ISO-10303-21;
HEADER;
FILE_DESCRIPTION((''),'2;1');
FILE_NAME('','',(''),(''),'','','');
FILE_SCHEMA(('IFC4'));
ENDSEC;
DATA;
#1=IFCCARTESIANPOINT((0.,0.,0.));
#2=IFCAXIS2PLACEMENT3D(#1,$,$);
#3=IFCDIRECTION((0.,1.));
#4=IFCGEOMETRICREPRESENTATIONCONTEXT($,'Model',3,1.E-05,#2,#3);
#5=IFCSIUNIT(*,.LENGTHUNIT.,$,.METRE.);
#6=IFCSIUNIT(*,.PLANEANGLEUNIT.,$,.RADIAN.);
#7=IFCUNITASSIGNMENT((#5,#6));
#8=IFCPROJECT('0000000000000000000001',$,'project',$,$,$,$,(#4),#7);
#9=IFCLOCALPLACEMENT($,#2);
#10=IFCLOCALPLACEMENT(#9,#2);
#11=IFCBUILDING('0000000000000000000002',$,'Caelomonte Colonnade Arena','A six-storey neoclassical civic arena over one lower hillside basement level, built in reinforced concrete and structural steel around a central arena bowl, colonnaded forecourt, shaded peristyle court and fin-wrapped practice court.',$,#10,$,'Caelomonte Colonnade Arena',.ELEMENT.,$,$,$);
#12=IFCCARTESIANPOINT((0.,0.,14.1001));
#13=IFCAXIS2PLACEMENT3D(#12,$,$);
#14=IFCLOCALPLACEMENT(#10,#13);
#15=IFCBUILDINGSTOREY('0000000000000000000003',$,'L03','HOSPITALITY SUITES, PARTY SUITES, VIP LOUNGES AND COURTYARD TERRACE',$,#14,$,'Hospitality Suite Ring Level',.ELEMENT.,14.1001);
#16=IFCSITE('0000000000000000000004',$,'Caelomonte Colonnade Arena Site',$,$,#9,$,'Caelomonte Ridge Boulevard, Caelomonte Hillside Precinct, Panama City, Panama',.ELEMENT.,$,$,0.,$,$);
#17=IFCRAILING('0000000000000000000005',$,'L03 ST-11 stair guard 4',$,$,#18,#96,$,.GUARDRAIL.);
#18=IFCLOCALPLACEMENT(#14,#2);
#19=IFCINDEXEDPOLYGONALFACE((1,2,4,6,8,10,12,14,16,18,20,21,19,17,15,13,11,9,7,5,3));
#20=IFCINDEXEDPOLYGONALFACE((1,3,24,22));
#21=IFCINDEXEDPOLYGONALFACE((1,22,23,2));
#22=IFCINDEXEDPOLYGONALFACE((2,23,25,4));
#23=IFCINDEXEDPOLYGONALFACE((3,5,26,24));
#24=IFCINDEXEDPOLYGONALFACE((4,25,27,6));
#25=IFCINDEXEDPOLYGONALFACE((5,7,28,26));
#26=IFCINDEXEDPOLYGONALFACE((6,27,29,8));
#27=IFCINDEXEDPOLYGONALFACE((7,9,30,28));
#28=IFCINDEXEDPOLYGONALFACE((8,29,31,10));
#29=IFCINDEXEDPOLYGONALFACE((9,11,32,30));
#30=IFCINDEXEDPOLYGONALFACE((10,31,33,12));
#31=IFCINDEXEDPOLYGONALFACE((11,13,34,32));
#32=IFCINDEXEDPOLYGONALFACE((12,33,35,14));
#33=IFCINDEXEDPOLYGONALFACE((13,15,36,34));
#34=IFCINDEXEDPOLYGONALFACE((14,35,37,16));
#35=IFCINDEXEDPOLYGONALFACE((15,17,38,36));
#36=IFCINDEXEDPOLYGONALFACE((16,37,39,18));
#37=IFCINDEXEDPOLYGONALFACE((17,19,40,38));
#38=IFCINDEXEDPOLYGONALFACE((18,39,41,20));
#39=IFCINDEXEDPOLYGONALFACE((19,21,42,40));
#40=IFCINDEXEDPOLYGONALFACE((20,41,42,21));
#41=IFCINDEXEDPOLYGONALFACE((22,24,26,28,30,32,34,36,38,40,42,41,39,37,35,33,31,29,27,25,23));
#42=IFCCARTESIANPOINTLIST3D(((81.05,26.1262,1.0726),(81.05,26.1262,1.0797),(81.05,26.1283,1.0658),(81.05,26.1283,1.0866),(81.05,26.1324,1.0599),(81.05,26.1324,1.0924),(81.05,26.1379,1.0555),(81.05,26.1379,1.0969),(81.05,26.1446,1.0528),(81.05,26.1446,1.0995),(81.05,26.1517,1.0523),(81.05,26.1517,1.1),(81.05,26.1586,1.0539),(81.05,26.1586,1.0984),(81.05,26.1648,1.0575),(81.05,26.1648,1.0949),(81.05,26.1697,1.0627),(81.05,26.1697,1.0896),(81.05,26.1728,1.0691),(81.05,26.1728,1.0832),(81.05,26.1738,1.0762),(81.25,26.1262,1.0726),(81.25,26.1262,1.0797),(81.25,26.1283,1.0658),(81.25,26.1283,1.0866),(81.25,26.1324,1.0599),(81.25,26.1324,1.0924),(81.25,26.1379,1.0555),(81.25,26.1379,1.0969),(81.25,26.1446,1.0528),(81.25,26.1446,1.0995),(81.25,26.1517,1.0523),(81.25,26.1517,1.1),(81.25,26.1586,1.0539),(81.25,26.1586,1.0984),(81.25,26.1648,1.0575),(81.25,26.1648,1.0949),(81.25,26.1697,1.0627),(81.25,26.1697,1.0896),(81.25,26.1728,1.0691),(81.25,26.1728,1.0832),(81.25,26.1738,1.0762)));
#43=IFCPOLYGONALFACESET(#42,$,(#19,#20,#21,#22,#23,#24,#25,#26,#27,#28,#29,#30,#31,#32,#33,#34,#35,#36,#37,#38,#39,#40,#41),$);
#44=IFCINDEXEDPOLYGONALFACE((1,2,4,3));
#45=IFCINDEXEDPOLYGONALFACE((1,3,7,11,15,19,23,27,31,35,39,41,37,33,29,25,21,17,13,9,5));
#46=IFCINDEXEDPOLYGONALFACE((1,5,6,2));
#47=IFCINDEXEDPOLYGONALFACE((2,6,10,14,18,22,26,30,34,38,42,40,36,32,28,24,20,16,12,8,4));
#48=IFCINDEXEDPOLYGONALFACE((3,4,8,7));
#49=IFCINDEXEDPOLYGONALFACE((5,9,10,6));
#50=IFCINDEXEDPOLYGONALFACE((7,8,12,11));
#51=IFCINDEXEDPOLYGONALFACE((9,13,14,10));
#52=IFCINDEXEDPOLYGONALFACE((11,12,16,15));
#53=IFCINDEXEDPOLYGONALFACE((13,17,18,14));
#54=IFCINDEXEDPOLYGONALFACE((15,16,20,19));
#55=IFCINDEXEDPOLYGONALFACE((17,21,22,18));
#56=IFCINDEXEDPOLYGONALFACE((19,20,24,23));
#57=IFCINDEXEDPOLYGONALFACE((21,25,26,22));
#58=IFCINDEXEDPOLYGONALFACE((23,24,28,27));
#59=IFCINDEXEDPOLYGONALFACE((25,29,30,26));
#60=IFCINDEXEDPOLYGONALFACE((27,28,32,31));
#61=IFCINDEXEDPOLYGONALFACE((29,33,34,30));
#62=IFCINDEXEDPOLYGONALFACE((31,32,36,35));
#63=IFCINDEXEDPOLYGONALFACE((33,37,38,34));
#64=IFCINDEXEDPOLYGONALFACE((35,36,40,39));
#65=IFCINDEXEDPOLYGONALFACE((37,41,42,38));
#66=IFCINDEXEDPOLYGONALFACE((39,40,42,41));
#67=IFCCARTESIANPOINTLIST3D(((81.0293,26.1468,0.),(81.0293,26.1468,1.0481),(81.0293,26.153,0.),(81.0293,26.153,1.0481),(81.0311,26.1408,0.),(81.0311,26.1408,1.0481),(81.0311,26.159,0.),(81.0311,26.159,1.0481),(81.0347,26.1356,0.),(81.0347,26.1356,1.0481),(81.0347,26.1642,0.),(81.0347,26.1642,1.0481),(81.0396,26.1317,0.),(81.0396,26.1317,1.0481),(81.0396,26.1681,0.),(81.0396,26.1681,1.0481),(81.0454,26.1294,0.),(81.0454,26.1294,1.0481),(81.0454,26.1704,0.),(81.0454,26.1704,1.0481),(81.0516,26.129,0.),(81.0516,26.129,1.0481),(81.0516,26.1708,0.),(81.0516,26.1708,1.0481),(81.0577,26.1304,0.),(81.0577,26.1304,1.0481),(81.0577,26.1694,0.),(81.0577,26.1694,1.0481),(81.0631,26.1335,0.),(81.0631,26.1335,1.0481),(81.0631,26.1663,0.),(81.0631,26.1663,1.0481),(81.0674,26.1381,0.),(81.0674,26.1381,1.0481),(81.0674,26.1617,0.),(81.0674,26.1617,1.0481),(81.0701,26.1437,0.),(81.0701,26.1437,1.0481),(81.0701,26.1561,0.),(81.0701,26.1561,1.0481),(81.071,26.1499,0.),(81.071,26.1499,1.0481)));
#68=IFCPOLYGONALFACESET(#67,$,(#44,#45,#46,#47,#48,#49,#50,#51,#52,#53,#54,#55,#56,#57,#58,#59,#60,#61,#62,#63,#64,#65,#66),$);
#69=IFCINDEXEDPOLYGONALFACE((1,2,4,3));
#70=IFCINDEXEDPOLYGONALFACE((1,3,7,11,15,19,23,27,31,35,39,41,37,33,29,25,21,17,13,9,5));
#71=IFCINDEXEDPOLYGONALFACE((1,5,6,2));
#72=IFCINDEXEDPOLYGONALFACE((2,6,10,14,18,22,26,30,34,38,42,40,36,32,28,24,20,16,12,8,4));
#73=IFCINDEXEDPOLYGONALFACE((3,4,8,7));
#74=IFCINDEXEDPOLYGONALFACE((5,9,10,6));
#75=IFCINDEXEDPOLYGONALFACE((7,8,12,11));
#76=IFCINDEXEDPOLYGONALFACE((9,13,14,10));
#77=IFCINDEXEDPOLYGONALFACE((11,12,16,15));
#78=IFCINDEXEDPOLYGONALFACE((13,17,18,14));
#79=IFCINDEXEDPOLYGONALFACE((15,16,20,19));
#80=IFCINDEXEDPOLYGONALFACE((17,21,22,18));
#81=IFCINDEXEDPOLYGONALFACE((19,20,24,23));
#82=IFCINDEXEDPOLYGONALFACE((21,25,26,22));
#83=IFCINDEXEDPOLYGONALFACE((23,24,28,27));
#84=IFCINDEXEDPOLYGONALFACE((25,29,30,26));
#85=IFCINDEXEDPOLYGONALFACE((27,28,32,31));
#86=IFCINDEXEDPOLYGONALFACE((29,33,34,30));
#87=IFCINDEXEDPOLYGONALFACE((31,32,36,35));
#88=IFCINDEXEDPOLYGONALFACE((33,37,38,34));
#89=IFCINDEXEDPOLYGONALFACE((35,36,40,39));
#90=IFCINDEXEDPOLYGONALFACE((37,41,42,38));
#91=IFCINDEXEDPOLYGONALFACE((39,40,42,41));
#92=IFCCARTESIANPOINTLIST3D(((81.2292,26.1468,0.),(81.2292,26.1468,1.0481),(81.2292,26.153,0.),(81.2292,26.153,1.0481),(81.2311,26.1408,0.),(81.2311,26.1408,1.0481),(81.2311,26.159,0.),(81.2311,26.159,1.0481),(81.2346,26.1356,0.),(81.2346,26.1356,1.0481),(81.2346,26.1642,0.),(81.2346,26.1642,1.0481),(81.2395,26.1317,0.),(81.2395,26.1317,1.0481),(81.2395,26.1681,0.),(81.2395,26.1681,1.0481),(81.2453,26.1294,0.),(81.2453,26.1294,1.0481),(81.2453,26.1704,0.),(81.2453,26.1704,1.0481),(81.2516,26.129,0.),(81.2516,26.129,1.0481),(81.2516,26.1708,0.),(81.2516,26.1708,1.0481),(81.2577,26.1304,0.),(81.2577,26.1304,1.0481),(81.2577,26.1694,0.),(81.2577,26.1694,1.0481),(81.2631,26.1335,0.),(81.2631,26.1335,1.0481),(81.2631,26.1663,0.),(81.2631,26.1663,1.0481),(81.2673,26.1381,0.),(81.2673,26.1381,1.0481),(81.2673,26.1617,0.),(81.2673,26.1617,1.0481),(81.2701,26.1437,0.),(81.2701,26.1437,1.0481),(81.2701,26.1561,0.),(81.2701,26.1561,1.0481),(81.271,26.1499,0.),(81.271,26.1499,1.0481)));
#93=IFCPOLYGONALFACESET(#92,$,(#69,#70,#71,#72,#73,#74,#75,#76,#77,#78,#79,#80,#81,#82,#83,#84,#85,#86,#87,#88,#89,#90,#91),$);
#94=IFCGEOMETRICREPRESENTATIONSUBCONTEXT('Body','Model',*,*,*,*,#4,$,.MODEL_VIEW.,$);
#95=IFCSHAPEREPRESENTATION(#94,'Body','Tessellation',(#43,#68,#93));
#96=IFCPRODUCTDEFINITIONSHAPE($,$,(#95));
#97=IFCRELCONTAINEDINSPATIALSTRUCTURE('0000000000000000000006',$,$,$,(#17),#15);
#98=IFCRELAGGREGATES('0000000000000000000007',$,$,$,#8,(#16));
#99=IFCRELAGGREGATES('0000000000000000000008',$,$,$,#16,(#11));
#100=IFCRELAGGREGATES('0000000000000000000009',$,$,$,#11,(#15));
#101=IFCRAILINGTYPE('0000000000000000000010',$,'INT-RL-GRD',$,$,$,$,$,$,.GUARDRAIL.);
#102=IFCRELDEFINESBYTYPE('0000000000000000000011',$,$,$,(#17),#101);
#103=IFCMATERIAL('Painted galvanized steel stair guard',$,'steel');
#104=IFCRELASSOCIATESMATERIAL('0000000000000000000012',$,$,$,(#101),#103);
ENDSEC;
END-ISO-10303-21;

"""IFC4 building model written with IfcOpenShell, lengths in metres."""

from ifc_helpers import new_model, si_unit, direction, frame, origin, origin_2d, place, context, subcontext, project, spatial, circle, extrude, material, type_object, element, save


model = new_model("IFC4")

# Units and contexts
model_context = context("Model", 3, precision=1e-05, world=origin(), true_north=direction((0.0, 1.0)))
body_context = subcontext(model_context, "Body", "Model", "MODEL_VIEW")
ifc_project = project(units=[si_unit("LENGTHUNIT", "METRE"), si_unit("PLANEANGLEUNIT", "RADIAN")], contexts=[model_context])

# Site, building, storey
site_placement = place(None, origin())
site = spatial("IfcSite", under=ifc_project, at=site_placement, Name="Caelomonte Colonnade Arena Site", LongName="Caelomonte Ridge Boulevard, Caelomonte Hillside Precinct, Panama City, Panama", CompositionType="ELEMENT", RefElevation=0.0)
building_placement = place(site_placement, origin())
building = spatial("IfcBuilding", under=site, at=building_placement, Name="Caelomonte Colonnade Arena", Description="A six-storey neoclassical civic arena over one lower hillside basement level, built in reinforced concrete and structural steel around a central arena bowl, colonnaded forecourt, shaded peristyle court and fin-wrapped practice court.", LongName="Caelomonte Colonnade Arena", CompositionType="ELEMENT")
storey_placement = place(building_placement, frame((0.0, 0.0, 14.1001)))
storey = spatial("IfcBuildingStorey", under=building, at=storey_placement, Name="L03", Description="HOSPITALITY SUITES, PARTY SUITES, VIP LOUNGES AND COURTYARD TERRACE", LongName="Hospitality Suite Ring Level", CompositionType="ELEMENT", Elevation=14.1001)

# Railing
ifc_material_1 = material(Name="Painted galvanized steel stair guard", Category="steel")
railing_type_1 = type_object("IfcRailingType", Name="INT-RL-GRD", PredefinedType="GUARDRAIL", material=ifc_material_1)
railing_1_placement = place(storey_placement, frame((81.05, 26.1499, 0.0)))
element("IfcRailing", 1, at=railing_1_placement, inside=storey, type_object=railing_type_1, Name="L03 ST-11 stair guard 4", PredefinedType="GUARDRAIL", context=body_context, shape_type="SweptSolid", body=[
    extrude(circle(Radius=0.0239, at=origin_2d()), frame((0.0, 0.0, 1.0762), z_axis=(1.0, 0.0, 0.0), x_axis=(0.0, 1.0, 0.0)), (0.0, 0.0, 1.0), 0.2),
    extrude(circle(Radius=0.021, at=origin_2d()), origin(), (0.0, 0.0, 1.0), 1.0481),
    extrude(circle(Radius=0.021, at=origin_2d()), frame((0.2, 0.0, 0.0)), (0.0, 0.0, 1.0), 1.0481),
])

save(model, "model.ifc")
